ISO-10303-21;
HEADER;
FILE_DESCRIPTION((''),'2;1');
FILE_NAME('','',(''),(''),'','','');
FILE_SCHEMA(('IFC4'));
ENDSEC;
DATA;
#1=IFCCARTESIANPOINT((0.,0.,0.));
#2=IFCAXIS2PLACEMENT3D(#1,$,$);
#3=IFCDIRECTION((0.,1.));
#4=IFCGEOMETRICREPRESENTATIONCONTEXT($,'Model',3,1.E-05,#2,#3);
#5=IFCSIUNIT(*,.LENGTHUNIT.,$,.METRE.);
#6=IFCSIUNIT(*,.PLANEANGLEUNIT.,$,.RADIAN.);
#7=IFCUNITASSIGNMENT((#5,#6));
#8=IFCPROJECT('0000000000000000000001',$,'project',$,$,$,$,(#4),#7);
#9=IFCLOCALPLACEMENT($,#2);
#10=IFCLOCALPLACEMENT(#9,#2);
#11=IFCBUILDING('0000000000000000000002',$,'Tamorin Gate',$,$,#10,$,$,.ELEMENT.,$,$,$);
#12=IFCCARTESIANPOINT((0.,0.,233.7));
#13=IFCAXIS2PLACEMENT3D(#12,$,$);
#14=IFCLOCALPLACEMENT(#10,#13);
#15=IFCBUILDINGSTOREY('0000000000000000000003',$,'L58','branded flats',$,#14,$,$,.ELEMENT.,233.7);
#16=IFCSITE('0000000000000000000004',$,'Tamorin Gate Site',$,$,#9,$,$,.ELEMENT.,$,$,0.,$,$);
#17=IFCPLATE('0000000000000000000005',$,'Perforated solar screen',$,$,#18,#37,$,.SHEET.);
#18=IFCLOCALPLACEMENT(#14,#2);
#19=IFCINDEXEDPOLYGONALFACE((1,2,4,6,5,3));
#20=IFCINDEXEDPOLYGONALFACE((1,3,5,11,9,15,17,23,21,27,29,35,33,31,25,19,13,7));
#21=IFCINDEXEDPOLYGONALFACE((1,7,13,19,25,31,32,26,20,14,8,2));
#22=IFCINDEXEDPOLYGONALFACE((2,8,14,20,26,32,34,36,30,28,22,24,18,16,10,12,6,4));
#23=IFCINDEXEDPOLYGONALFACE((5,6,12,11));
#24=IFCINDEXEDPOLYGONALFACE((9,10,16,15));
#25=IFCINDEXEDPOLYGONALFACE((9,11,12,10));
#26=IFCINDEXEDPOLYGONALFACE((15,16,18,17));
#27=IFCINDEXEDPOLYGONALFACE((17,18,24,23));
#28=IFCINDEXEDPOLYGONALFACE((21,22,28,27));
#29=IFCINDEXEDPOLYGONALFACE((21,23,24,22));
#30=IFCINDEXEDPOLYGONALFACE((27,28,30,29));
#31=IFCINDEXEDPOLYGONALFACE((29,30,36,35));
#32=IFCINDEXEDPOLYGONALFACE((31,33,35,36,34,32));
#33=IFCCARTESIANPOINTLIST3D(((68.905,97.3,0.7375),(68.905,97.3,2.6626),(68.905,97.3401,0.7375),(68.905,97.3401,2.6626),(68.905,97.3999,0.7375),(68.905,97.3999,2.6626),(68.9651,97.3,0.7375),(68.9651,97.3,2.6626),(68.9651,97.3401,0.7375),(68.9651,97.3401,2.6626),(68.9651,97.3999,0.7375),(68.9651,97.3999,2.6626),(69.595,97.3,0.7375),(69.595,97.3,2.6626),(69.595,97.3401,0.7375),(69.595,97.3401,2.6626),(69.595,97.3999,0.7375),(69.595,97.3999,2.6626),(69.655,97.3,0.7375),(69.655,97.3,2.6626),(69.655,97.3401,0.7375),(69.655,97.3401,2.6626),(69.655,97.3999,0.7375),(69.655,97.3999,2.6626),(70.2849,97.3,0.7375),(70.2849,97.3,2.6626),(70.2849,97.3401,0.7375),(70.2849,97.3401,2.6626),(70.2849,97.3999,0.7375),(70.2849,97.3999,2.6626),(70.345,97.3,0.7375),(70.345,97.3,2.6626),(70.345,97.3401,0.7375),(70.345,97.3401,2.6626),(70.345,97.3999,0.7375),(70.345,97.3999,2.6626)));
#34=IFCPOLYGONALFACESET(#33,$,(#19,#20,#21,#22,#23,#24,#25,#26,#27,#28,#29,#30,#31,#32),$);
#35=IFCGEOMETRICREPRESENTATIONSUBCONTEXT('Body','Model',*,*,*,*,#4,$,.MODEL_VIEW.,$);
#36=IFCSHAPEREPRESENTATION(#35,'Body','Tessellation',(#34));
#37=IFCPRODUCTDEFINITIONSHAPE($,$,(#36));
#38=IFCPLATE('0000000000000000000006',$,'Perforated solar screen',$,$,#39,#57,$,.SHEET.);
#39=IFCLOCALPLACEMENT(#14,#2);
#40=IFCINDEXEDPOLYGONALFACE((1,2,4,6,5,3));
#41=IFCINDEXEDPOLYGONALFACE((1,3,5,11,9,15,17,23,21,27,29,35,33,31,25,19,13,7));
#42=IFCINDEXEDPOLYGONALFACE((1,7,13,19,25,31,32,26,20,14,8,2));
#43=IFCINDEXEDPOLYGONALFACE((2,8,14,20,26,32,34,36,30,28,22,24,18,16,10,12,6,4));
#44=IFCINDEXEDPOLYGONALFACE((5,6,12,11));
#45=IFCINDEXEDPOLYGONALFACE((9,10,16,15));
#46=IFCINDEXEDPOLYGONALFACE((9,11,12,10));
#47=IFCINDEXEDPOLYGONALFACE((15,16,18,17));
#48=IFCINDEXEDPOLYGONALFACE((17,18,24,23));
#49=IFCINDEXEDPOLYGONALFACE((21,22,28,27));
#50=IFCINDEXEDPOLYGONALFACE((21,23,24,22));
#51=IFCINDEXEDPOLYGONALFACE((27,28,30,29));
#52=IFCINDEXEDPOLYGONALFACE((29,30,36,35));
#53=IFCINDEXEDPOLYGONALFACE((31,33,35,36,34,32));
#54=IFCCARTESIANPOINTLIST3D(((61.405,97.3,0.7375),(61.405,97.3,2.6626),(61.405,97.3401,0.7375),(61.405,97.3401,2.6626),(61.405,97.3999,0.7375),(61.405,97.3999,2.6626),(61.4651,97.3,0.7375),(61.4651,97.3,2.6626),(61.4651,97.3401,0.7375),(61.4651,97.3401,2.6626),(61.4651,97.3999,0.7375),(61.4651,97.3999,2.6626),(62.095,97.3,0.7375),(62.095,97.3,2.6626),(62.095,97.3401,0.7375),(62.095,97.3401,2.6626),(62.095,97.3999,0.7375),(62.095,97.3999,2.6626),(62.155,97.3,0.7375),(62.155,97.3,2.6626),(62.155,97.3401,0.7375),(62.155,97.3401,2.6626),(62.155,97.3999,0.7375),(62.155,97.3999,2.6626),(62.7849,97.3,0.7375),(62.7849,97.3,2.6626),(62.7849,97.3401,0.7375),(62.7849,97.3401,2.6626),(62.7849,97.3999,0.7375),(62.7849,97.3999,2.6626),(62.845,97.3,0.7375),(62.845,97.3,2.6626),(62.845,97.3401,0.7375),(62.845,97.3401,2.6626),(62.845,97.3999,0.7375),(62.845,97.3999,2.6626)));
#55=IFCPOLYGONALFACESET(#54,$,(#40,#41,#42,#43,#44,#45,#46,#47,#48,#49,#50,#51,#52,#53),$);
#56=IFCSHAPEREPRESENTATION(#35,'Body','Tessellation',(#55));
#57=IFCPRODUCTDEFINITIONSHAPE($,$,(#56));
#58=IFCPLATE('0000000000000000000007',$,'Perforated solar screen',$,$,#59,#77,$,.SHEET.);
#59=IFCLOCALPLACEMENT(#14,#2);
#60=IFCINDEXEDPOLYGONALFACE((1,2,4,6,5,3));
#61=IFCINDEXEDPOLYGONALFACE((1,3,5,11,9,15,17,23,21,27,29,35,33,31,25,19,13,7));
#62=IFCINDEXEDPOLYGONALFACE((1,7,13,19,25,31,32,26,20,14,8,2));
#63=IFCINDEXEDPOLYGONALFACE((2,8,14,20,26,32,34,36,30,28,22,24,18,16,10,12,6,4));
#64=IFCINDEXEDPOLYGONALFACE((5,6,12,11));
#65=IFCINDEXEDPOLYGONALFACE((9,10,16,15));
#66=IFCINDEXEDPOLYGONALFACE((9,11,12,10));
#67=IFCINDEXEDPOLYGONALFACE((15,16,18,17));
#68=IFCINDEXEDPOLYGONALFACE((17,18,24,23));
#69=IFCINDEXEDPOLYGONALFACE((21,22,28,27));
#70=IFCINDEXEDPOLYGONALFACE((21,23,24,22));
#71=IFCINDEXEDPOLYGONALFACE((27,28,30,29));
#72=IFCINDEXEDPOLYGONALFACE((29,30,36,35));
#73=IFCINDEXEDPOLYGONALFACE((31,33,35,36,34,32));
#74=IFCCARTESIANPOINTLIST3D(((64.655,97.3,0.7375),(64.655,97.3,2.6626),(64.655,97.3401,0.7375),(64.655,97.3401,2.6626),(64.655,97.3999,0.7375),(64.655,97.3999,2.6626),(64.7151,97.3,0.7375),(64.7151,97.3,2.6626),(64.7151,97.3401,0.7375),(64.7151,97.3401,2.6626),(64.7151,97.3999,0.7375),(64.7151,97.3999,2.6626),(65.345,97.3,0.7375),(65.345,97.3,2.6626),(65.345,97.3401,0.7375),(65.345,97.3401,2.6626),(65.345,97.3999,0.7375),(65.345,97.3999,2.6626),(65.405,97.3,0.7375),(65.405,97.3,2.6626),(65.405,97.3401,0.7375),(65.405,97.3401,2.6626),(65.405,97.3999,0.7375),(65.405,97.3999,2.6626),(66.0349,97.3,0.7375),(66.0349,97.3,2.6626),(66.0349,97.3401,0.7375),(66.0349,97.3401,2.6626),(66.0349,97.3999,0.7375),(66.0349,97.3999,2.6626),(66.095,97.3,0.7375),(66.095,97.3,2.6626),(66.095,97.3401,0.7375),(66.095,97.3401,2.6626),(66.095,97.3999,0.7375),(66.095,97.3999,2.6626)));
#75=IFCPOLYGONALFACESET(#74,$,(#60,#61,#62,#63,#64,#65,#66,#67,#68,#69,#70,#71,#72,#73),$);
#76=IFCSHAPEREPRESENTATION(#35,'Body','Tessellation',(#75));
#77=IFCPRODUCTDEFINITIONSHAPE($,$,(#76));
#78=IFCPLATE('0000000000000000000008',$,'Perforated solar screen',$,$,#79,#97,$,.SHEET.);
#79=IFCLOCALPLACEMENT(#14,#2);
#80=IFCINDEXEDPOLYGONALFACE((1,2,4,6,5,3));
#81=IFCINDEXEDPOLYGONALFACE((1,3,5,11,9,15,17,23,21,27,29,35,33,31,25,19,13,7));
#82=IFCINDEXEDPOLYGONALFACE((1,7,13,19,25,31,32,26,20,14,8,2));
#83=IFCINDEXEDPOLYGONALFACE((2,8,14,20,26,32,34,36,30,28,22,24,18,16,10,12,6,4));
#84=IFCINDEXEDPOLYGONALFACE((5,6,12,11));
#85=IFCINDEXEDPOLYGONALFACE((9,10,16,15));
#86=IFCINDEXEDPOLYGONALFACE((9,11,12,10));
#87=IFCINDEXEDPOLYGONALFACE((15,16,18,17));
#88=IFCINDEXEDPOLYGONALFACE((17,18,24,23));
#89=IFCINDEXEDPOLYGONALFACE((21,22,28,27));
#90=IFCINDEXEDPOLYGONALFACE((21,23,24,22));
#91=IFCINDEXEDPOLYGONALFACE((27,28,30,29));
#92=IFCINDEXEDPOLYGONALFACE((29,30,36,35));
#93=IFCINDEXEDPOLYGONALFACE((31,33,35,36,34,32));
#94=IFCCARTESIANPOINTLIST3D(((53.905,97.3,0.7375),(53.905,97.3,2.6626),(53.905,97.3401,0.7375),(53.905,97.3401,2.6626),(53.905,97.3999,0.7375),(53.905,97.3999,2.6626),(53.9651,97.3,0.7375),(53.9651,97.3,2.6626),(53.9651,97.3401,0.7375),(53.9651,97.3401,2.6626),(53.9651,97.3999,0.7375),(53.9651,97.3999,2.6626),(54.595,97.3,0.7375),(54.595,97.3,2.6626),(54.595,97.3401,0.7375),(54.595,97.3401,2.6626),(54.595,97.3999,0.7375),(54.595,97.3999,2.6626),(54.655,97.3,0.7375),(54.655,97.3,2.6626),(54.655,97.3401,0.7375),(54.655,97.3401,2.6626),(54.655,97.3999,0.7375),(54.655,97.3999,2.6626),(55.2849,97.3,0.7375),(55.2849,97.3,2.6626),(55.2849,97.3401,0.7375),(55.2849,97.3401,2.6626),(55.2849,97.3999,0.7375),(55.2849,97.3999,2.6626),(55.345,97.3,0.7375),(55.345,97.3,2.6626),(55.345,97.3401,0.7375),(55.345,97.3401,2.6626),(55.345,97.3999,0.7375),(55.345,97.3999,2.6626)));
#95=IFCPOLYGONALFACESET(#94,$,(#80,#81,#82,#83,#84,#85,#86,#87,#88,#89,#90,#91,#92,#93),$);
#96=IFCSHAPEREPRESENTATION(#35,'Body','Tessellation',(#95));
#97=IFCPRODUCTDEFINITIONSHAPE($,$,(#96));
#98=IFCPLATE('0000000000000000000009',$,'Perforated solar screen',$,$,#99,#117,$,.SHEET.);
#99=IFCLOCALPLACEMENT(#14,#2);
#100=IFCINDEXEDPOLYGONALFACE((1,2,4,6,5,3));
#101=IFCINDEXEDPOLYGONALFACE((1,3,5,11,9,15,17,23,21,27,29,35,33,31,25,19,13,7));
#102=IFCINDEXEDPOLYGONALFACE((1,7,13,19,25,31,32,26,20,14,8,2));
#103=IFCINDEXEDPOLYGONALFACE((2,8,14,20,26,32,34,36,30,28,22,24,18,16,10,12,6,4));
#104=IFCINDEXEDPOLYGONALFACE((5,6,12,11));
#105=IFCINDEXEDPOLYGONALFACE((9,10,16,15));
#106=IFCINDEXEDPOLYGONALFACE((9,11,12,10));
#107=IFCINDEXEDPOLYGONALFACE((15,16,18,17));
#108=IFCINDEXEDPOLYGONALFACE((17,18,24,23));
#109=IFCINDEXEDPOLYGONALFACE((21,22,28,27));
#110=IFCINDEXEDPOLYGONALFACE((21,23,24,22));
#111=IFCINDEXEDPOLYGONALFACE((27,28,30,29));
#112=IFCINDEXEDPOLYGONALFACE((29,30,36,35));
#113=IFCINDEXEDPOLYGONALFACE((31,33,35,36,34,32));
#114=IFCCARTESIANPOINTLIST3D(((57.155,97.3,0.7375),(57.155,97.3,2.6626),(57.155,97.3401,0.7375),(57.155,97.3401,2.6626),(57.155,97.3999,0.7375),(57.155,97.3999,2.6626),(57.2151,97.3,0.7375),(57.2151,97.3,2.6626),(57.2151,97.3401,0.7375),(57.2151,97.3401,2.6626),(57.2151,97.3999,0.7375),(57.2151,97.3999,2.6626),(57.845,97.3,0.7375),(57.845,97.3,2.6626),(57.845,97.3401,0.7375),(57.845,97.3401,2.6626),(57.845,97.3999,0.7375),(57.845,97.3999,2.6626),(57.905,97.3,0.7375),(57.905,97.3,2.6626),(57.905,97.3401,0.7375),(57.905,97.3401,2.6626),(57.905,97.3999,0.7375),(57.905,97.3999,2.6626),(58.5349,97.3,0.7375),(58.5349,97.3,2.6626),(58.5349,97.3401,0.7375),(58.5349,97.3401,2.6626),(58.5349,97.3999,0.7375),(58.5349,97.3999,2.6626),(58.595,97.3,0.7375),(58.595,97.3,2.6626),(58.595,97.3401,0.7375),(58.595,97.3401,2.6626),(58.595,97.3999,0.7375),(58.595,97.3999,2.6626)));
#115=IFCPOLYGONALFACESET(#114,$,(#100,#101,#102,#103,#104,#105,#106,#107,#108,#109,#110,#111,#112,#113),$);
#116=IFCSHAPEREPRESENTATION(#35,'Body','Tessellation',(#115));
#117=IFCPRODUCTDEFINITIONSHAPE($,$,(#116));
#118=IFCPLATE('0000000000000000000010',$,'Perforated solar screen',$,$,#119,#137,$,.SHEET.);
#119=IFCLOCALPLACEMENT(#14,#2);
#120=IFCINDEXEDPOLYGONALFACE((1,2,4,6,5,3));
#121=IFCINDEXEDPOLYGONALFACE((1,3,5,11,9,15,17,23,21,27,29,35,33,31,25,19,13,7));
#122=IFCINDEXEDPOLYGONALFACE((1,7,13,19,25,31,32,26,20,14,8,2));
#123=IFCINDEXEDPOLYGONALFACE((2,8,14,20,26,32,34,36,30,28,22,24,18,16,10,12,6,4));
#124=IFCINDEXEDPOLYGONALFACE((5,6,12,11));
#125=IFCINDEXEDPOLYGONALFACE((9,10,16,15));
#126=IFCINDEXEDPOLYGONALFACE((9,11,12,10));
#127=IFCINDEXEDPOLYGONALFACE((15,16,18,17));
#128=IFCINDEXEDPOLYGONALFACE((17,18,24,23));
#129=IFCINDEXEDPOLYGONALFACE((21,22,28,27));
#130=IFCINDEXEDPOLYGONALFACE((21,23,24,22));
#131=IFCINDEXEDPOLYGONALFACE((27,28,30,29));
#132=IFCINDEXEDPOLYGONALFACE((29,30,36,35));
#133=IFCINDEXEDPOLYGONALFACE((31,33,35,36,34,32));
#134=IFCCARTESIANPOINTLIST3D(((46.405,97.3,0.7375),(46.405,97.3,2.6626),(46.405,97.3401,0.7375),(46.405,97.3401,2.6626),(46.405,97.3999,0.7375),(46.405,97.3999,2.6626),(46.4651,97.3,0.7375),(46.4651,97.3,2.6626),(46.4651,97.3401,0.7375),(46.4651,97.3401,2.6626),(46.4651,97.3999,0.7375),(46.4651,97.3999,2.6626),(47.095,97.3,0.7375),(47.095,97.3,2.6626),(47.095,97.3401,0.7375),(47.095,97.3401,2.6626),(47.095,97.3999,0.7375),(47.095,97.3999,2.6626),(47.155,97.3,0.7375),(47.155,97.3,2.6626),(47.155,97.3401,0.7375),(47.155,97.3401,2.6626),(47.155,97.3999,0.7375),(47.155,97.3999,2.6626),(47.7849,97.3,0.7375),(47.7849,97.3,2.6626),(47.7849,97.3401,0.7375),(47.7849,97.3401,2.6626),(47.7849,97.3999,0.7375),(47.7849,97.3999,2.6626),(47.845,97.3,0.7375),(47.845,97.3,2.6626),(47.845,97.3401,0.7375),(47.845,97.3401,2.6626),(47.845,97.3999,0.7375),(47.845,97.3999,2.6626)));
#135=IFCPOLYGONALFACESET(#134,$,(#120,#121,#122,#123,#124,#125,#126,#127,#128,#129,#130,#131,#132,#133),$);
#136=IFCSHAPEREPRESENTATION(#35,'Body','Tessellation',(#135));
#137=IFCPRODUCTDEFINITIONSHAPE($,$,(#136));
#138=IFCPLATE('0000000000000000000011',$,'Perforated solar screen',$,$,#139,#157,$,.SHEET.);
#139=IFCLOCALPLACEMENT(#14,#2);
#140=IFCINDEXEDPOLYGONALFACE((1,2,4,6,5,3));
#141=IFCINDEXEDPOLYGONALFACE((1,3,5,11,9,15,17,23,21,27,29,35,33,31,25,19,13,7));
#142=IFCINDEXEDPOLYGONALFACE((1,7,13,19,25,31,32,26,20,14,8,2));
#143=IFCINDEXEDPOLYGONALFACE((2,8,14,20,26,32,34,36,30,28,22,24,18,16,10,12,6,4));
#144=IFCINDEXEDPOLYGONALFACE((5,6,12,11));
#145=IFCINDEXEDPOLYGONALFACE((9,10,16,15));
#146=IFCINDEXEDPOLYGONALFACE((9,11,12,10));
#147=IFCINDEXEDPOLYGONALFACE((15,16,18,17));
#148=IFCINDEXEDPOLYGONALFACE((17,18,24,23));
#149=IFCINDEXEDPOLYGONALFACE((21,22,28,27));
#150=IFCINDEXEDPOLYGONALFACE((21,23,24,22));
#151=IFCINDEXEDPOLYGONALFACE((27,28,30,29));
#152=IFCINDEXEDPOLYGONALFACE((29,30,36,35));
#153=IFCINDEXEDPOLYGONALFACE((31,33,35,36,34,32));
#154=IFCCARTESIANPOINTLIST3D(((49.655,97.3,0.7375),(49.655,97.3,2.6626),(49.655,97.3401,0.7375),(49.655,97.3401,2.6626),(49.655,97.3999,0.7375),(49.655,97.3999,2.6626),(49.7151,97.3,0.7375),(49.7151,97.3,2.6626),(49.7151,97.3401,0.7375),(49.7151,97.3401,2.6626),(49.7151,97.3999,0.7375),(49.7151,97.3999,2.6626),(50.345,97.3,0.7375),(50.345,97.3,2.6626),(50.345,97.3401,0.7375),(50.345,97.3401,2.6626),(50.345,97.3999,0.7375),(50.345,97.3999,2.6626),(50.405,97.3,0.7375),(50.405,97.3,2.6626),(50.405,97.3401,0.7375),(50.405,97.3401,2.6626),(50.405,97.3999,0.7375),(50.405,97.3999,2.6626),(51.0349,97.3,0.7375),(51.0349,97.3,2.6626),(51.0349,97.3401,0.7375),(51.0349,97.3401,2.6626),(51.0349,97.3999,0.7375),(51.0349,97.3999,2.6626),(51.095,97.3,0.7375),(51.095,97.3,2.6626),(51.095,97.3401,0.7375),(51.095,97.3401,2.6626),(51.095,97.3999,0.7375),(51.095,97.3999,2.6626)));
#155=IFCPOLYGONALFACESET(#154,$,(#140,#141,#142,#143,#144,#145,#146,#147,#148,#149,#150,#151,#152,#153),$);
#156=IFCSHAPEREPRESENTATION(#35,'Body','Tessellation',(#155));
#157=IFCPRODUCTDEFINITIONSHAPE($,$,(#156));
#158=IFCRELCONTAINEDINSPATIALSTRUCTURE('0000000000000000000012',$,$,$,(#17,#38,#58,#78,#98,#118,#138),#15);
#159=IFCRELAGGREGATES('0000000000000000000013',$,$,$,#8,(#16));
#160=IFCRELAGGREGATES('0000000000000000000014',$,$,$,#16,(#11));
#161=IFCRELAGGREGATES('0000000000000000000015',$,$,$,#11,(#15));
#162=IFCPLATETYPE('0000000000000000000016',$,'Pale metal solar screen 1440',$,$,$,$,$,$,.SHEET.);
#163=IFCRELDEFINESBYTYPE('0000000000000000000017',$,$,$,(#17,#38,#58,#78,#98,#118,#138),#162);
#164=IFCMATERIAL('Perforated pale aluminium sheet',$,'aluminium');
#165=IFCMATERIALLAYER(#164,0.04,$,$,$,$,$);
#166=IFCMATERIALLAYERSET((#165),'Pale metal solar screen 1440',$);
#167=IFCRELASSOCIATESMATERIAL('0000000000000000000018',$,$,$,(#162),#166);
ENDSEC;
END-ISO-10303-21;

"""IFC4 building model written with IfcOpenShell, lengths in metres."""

from ifc_helpers import new_model, si_unit, direction, frame, origin, place, context, subcontext, project, spatial, polyline, outline, extrude, material, layer, layer_set, type_object, element, save


model = new_model("IFC4")

# Units and contexts
model_context = context("Model", 3, precision=1e-05, world=origin(), true_north=direction((0.0, 1.0)))
body_context = subcontext(model_context, "Body", "Model", "MODEL_VIEW")
ifc_project = project(units=[si_unit("LENGTHUNIT", "METRE"), si_unit("PLANEANGLEUNIT", "RADIAN")], contexts=[model_context])

# Site, building, storey
site_placement = place(None, origin())
site = spatial("IfcSite", under=ifc_project, at=site_placement, Name="Tamorin Gate Site", CompositionType="ELEMENT", RefElevation=0.0)
building_placement = place(site_placement, origin())
building = spatial("IfcBuilding", under=site, at=building_placement, Name="Tamorin Gate", CompositionType="ELEMENT")
storey_placement = place(building_placement, frame((0.0, 0.0, 233.7)))
storey = spatial("IfcBuildingStorey", under=building, at=storey_placement, Name="L58", Description="branded flats", CompositionType="ELEMENT", Elevation=233.7)

# Plates
ifc_material_1 = material(Name="Perforated pale aluminium sheet", Category="aluminium")
ifc_layer_1 = layer(ifc_material_1, 0.04)
ifc_layer_set_1 = layer_set([ifc_layer_1], Name="Pale metal solar screen 1440")
plate_type = type_object("IfcPlateType", Name="Pale metal solar screen 1440", PredefinedType="SHEET", material=ifc_layer_set_1)
plate_1_placement = place(storey_placement, frame((0.0, 0.0, 0.7375)))
element("IfcPlate", 1, at=plate_1_placement, inside=storey, type_object=plate_type, Name="Perforated solar screen", PredefinedType="SHEET", context=body_context, shape_type="SweptSolid", body=[
    extrude(outline(polyline([(70.345, 97.3401), (70.345, 97.3), (70.2849, 97.3), (69.655, 97.3), (69.595, 97.3), (68.9651, 97.3), (68.905, 97.3), (68.905, 97.3), (68.905, 97.3401), (68.905, 97.3401), (68.905, 97.3999), (68.9651, 97.3999), (68.9651, 97.3401), (69.595, 97.3401), (69.595, 97.3999), (69.655, 97.3999), (69.655, 97.3401), (70.2849, 97.3401), (70.2849, 97.3999), (70.345, 97.3999), (70.345, 97.3401)])), origin(), (0.0, 0.0, 1.0), 1.925),
])
plate_2_placement = place(storey_placement, frame((0.0, 0.0, 0.7375)))
element("IfcPlate", 2, at=plate_2_placement, inside=storey, type_object=plate_type, Name="Perforated solar screen", PredefinedType="SHEET", context=body_context, shape_type="SweptSolid", body=[
    extrude(outline(polyline([(62.845, 97.3401), (62.845, 97.3), (62.7849, 97.3), (62.155, 97.3), (62.095, 97.3), (61.4651, 97.3), (61.405, 97.3), (61.405, 97.3401), (61.405, 97.3999), (61.4651, 97.3999), (61.4651, 97.3401), (62.095, 97.3401), (62.095, 97.3999), (62.155, 97.3999), (62.155, 97.3401), (62.7849, 97.3401), (62.7849, 97.3999), (62.845, 97.3999), (62.845, 97.3401)])), origin(), (0.0, 0.0, 1.0), 1.925),
])
plate_3_placement = place(storey_placement, frame((0.0, 0.0, 0.7375)))
element("IfcPlate", 3, at=plate_3_placement, inside=storey, type_object=plate_type, Name="Perforated solar screen", PredefinedType="SHEET", context=body_context, shape_type="SweptSolid", body=[
    extrude(outline(polyline([(66.095, 97.3401), (66.095, 97.3), (66.0349, 97.3), (65.405, 97.3), (65.345, 97.3), (64.7151, 97.3), (64.655, 97.3), (64.655, 97.3401), (64.655, 97.3999), (64.7151, 97.3999), (64.7151, 97.3401), (65.345, 97.3401), (65.345, 97.3999), (65.405, 97.3999), (65.405, 97.3401), (66.0349, 97.3401), (66.0349, 97.3999), (66.095, 97.3999), (66.095, 97.3401)])), origin(), (0.0, 0.0, 1.0), 1.925),
])
plate_4_placement = place(storey_placement, frame((0.0, 0.0, 0.7375)))
element("IfcPlate", 4, at=plate_4_placement, inside=storey, type_object=plate_type, Name="Perforated solar screen", PredefinedType="SHEET", context=body_context, shape_type="SweptSolid", body=[
    extrude(outline(polyline([(55.345, 97.3401), (55.345, 97.3), (55.2849, 97.3), (54.655, 97.3), (54.595, 97.3), (53.9651, 97.3), (53.905, 97.3), (53.905, 97.3401), (53.905, 97.3999), (53.9651, 97.3999), (53.9651, 97.3401), (54.595, 97.3401), (54.595, 97.3999), (54.655, 97.3999), (54.655, 97.3401), (55.2849, 97.3401), (55.2849, 97.3999), (55.345, 97.3999), (55.345, 97.3401)])), origin(), (0.0, 0.0, 1.0), 1.925),
])
plate_5_placement = place(storey_placement, frame((0.0, 0.0, 0.7375)))
element("IfcPlate", 5, at=plate_5_placement, inside=storey, type_object=plate_type, Name="Perforated solar screen", PredefinedType="SHEET", context=body_context, shape_type="SweptSolid", body=[
    extrude(outline(polyline([(58.595, 97.3401), (58.595, 97.3), (58.5349, 97.3), (57.905, 97.3), (57.845, 97.3), (57.2151, 97.3), (57.155, 97.3), (57.155, 97.3401), (57.155, 97.3999), (57.2151, 97.3999), (57.2151, 97.3401), (57.845, 97.3401), (57.845, 97.3999), (57.905, 97.3999), (57.905, 97.3401), (58.5349, 97.3401), (58.5349, 97.3999), (58.595, 97.3999), (58.595, 97.3401)])), origin(), (0.0, 0.0, 1.0), 1.925),
])
plate_6_placement = place(storey_placement, frame((0.0, 0.0, 0.7375)))
element("IfcPlate", 6, at=plate_6_placement, inside=storey, type_object=plate_type, Name="Perforated solar screen", PredefinedType="SHEET", context=body_context, shape_type="SweptSolid", body=[
    extrude(outline(polyline([(47.845, 97.3401), (47.845, 97.3), (47.7849, 97.3), (47.155, 97.3), (47.095, 97.3), (46.4651, 97.3), (46.405, 97.3), (46.405, 97.3401), (46.405, 97.3999), (46.4651, 97.3999), (46.4651, 97.3401), (47.095, 97.3401), (47.095, 97.3999), (47.155, 97.3999), (47.155, 97.3401), (47.7849, 97.3401), (47.7849, 97.3999), (47.845, 97.3999), (47.845, 97.3401)])), origin(), (0.0, 0.0, 1.0), 1.925),
])
plate_7_placement = place(storey_placement, frame((0.0, 0.0, 0.7375)))
element("IfcPlate", 7, at=plate_7_placement, inside=storey, type_object=plate_type, Name="Perforated solar screen", PredefinedType="SHEET", context=body_context, shape_type="SweptSolid", body=[
    extrude(outline(polyline([(51.095, 97.3401), (51.095, 97.3), (51.0349, 97.3), (50.405, 97.3), (50.345, 97.3), (49.7151, 97.3), (49.655, 97.3), (49.655, 97.3401), (49.655, 97.3999), (49.7151, 97.3999), (49.7151, 97.3401), (50.345, 97.3401), (50.345, 97.3999), (50.405, 97.3999), (50.405, 97.3401), (51.0349, 97.3401), (51.0349, 97.3999), (51.095, 97.3999), (51.095, 97.3401)])), origin(), (0.0, 0.0, 1.0), 1.925),
])

save(model, "model.ifc")
